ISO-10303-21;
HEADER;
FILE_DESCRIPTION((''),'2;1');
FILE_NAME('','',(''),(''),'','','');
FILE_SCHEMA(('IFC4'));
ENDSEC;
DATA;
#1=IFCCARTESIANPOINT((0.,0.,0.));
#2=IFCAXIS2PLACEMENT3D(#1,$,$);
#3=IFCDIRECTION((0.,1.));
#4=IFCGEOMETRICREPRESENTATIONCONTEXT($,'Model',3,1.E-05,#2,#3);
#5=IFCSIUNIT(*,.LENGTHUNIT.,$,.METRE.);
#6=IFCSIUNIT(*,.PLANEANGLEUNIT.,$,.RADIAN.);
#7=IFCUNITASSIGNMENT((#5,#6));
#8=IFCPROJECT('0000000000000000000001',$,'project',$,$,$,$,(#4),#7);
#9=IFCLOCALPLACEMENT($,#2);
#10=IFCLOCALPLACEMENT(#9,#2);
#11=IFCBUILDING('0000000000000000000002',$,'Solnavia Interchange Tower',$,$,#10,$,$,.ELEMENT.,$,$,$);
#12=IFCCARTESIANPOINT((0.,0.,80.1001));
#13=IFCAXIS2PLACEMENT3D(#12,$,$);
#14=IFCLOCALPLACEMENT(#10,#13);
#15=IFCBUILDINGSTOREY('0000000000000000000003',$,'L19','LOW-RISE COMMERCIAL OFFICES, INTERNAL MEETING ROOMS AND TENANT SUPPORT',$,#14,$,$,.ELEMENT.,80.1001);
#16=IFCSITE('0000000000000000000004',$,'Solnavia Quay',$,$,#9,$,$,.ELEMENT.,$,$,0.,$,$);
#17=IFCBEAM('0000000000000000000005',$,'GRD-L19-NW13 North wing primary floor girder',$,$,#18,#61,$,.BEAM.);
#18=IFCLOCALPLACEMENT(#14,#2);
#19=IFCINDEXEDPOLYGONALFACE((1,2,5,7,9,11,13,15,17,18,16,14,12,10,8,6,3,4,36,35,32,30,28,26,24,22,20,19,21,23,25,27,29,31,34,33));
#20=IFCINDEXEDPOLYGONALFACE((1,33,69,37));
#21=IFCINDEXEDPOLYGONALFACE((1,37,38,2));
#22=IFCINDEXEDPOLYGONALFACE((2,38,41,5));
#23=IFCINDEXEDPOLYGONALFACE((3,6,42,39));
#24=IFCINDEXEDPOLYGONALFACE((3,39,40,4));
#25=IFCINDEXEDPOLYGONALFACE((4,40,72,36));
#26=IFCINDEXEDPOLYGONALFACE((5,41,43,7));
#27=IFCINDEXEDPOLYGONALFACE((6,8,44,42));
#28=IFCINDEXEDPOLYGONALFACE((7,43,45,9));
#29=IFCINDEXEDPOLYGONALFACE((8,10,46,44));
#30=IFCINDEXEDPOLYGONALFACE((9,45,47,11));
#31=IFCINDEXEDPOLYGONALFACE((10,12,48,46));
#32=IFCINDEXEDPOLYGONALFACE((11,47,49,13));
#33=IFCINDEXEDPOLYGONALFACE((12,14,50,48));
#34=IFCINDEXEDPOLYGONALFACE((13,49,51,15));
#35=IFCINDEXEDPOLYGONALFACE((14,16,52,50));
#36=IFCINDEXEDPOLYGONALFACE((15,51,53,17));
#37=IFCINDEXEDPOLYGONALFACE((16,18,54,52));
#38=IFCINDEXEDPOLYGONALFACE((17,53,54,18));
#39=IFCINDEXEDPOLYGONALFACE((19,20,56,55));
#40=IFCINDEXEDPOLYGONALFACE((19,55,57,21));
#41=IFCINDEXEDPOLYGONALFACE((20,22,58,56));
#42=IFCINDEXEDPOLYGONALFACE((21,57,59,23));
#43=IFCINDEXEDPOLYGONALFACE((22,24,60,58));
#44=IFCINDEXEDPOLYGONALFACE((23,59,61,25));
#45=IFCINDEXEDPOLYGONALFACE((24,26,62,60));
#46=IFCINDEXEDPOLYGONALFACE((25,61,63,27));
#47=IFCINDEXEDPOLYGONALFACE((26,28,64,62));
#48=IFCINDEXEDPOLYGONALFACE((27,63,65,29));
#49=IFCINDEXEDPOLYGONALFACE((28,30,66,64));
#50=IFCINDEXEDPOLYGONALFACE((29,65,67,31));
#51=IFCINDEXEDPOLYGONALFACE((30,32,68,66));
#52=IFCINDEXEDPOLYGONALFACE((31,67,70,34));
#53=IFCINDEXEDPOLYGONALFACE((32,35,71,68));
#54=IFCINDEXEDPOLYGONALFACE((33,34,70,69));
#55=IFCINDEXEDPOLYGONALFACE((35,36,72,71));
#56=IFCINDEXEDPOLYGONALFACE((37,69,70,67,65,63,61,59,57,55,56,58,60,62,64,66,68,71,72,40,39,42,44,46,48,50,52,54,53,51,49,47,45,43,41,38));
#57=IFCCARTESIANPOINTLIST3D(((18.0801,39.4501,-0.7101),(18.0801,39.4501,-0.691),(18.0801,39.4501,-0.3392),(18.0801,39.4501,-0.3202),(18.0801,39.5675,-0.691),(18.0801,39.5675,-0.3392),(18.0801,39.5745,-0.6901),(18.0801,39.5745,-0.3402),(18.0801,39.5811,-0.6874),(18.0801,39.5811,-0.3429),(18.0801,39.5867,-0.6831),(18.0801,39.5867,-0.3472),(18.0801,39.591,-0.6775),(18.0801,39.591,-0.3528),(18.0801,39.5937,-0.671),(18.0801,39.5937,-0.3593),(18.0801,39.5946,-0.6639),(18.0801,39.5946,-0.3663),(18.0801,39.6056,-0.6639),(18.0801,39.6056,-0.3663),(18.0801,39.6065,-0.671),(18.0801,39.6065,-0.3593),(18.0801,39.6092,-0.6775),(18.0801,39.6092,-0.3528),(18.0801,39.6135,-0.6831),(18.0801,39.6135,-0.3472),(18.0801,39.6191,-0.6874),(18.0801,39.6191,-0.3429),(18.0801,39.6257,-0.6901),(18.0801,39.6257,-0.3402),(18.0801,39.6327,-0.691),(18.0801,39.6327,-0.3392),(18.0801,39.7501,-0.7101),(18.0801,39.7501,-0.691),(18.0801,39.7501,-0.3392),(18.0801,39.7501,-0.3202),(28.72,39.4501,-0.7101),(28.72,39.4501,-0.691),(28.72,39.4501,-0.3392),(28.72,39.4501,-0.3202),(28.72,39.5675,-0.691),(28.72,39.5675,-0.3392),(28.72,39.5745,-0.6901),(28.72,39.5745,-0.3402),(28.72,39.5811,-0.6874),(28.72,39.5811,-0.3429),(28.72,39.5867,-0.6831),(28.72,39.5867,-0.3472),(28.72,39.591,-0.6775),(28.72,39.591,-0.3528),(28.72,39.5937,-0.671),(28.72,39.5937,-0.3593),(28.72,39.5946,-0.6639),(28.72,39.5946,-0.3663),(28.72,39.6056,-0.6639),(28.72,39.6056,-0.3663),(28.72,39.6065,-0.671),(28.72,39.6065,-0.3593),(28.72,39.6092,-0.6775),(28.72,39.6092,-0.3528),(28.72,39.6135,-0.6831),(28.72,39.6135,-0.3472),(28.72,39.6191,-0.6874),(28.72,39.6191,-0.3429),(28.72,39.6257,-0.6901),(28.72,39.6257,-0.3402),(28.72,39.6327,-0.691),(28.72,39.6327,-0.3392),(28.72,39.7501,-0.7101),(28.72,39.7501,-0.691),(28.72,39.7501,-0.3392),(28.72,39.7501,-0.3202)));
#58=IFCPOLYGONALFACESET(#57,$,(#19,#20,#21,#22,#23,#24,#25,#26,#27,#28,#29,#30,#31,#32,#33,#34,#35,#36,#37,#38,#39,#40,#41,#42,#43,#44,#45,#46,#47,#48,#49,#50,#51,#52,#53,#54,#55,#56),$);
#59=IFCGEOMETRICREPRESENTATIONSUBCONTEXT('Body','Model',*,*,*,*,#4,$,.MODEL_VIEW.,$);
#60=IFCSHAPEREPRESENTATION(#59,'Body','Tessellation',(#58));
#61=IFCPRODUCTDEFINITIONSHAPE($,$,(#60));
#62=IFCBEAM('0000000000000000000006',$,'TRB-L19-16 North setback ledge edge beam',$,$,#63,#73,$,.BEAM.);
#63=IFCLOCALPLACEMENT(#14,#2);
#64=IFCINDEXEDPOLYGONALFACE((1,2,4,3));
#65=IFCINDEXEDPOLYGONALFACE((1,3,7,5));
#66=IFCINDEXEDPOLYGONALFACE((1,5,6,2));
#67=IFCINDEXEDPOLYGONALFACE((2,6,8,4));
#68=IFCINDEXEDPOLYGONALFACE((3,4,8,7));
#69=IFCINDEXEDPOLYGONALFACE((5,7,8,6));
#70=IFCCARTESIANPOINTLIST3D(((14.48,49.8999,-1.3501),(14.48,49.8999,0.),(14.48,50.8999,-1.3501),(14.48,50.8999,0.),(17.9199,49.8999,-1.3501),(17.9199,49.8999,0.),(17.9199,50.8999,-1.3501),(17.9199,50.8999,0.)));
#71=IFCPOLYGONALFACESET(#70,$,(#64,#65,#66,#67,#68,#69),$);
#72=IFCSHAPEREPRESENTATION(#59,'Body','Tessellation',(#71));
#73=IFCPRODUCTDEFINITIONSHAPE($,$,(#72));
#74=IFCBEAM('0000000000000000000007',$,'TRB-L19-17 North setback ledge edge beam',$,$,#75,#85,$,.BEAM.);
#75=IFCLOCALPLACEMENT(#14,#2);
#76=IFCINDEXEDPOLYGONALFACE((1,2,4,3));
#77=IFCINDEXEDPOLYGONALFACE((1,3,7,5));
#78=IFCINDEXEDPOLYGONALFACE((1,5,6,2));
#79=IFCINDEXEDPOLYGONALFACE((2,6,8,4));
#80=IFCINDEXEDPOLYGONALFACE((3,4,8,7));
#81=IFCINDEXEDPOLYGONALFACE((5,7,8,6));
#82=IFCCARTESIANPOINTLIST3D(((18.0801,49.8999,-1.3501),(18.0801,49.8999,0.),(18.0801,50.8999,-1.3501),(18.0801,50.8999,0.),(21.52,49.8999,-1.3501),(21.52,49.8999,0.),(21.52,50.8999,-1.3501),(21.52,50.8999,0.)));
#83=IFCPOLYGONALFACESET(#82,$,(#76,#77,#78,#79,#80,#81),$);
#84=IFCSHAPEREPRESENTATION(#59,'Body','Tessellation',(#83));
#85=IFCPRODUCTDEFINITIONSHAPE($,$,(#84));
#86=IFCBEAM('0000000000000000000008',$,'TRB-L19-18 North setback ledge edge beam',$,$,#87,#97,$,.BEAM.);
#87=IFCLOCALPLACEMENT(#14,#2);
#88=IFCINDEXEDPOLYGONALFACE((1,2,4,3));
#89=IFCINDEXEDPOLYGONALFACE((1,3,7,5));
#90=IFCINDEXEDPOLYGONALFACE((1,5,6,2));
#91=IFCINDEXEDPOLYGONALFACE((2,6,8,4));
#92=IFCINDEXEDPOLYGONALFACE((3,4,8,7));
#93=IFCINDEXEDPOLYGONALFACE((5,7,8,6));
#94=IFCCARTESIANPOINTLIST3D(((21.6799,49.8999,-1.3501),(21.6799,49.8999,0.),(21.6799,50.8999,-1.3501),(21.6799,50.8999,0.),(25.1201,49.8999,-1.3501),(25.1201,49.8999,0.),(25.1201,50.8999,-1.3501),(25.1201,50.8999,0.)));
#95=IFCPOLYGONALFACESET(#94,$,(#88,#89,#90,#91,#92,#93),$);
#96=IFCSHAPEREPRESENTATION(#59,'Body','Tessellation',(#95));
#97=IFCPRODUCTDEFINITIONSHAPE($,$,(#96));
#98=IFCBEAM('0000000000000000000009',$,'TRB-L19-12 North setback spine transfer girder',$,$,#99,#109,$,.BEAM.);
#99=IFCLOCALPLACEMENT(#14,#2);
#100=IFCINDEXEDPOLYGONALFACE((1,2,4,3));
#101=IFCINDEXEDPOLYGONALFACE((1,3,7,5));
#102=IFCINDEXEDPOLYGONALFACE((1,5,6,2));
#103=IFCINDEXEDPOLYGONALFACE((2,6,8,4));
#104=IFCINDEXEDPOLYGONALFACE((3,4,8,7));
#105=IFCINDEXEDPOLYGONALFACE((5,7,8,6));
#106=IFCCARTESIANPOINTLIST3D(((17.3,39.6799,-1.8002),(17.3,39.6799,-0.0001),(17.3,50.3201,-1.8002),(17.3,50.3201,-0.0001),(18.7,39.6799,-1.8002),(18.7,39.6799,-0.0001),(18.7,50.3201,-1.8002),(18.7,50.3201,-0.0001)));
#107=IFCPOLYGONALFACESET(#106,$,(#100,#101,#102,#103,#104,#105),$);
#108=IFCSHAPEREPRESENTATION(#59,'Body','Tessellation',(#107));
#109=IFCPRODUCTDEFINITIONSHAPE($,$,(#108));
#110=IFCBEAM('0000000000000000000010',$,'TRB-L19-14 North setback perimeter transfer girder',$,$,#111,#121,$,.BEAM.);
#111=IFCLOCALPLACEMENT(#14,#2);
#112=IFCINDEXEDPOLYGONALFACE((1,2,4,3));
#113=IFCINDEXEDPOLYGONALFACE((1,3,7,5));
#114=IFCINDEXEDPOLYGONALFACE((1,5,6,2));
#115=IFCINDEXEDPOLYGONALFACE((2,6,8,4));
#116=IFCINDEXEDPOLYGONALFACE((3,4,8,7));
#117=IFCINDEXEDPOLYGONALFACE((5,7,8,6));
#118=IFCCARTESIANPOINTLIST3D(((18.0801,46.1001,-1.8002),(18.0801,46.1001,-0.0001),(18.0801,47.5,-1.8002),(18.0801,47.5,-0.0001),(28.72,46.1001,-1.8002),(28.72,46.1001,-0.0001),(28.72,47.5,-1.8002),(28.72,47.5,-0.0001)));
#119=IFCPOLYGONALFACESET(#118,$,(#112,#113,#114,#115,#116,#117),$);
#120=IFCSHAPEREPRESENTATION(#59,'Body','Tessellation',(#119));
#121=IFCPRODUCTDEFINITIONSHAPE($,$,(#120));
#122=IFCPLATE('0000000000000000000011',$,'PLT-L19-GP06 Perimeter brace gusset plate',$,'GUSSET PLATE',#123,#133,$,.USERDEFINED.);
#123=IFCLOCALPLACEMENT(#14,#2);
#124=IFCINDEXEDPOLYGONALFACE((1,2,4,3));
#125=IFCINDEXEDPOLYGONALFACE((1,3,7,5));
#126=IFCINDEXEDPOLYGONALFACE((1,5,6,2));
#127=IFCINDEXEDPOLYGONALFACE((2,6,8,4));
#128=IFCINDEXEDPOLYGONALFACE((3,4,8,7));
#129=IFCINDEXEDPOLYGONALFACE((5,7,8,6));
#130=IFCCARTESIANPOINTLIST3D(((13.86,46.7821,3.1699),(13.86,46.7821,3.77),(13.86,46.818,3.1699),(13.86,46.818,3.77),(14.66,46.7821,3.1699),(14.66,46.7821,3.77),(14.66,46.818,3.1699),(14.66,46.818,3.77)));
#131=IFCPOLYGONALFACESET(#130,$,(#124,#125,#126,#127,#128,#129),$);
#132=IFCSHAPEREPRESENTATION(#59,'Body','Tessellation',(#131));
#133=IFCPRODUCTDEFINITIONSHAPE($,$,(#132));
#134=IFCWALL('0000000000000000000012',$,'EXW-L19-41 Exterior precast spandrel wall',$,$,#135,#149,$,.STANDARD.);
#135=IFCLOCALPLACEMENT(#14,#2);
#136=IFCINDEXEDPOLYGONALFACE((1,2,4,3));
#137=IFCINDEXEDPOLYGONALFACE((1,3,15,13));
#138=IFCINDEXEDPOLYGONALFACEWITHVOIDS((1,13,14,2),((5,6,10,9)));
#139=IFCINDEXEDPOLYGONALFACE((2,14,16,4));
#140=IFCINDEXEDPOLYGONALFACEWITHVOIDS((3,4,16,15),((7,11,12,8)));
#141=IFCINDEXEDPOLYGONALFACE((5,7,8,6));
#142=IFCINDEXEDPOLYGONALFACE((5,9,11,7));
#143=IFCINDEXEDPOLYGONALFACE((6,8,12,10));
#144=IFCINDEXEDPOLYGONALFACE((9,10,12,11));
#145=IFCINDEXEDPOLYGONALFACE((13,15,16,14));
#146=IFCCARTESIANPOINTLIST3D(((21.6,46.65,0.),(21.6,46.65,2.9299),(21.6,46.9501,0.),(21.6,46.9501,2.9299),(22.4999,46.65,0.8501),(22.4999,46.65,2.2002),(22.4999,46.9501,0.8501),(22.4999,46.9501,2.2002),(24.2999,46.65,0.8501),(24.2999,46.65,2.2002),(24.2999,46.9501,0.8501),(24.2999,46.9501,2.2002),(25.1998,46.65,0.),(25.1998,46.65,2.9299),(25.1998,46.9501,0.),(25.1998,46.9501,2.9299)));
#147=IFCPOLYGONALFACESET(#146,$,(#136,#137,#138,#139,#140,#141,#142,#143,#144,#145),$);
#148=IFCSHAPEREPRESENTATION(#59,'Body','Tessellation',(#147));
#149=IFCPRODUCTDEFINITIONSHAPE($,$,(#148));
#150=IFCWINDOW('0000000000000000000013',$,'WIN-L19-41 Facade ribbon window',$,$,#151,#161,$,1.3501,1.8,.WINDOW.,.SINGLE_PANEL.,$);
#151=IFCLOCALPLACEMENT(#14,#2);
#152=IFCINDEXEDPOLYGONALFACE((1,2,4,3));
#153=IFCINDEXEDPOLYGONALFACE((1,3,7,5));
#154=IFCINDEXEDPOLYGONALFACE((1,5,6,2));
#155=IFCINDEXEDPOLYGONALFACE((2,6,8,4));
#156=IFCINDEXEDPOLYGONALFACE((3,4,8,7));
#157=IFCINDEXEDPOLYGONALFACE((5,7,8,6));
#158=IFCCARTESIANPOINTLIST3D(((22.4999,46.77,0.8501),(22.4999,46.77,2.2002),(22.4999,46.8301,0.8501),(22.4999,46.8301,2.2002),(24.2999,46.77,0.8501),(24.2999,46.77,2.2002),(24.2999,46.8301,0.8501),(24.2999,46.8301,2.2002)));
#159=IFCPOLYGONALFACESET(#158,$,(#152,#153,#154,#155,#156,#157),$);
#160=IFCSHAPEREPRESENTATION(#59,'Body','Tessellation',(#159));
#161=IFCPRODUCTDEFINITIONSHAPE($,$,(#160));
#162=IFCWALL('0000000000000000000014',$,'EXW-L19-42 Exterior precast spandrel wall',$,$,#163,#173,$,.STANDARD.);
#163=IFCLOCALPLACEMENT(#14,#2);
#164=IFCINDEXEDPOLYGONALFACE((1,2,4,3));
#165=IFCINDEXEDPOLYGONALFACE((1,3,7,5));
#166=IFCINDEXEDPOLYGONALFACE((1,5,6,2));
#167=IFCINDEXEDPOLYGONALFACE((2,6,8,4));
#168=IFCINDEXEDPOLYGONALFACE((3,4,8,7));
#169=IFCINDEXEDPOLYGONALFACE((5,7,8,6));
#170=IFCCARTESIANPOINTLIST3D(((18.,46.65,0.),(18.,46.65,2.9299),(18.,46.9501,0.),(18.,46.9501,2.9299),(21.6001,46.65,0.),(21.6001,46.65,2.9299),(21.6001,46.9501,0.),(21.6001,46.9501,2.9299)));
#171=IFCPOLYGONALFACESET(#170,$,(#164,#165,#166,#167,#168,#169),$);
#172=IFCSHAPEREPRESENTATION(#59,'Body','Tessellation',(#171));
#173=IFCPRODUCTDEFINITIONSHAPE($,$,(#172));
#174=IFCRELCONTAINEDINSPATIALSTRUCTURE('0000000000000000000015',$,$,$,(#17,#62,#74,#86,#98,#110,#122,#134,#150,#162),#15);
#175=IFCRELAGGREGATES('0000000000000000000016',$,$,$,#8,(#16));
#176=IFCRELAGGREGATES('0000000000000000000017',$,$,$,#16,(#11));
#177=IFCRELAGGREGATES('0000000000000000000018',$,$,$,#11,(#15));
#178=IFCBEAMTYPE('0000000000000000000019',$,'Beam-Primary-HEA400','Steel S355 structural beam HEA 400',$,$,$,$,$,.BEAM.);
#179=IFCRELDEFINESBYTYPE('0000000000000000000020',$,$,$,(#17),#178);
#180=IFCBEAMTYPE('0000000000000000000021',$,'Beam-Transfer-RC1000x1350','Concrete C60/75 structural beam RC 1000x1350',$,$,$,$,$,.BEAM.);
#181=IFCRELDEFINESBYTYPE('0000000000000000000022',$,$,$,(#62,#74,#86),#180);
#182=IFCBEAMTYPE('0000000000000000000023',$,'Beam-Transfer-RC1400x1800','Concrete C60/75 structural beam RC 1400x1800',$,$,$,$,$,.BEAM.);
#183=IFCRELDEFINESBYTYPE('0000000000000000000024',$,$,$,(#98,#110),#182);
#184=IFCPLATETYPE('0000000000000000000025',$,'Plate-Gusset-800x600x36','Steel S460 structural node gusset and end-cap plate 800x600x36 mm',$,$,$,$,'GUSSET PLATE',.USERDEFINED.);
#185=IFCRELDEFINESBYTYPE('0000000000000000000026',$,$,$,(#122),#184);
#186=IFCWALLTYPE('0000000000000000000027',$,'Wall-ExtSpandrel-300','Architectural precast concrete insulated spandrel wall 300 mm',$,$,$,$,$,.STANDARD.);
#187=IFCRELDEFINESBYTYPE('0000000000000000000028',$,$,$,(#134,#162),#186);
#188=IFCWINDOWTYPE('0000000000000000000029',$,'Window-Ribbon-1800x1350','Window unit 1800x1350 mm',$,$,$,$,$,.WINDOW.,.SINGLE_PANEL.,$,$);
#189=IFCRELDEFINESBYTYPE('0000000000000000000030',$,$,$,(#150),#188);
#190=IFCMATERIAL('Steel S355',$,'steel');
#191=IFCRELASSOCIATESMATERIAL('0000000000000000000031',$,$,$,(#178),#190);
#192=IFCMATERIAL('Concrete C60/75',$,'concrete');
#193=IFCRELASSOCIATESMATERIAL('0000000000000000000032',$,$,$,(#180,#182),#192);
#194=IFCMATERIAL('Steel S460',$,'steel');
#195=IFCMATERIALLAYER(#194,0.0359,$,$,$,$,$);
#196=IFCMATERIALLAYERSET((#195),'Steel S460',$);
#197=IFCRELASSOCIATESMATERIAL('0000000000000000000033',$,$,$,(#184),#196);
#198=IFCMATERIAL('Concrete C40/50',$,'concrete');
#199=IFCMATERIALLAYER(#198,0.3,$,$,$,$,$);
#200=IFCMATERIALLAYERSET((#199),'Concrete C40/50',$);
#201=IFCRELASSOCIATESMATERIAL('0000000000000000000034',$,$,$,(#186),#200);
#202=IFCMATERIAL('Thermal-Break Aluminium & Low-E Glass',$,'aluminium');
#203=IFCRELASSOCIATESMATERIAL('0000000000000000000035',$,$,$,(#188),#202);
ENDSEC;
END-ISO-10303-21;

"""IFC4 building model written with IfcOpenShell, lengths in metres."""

from ifc_helpers import new_model, si_unit, direction, frame, frame_2d, origin, origin_2d, place, context, subcontext, project, spatial, rectangle, i_section, extrude, material, layer, layer_set, material_profile, profile_set, type_object, element, fill, save


model = new_model("IFC4")

# Units and contexts
model_context = context("Model", 3, precision=1e-05, world=origin(), true_north=direction((0.0, 1.0)))
body_context = subcontext(model_context, "Body", "Model", "MODEL_VIEW")
ifc_project = project(units=[si_unit("LENGTHUNIT", "METRE"), si_unit("PLANEANGLEUNIT", "RADIAN")], contexts=[model_context])

# Site, building, storey
site_placement = place(None, origin())
site = spatial("IfcSite", under=ifc_project, at=site_placement, Name="Solnavia Quay", CompositionType="ELEMENT", RefElevation=0.0)
building_placement = place(site_placement, origin())
building = spatial("IfcBuilding", under=site, at=building_placement, Name="Solnavia Interchange Tower", CompositionType="ELEMENT")
storey_placement = place(building_placement, frame((0.0, 0.0, 80.1001)))
storey = spatial("IfcBuildingStorey", under=building, at=storey_placement, Name="L19", Description="LOW-RISE COMMERCIAL OFFICES, INTERNAL MEETING ROOMS AND TENANT SUPPORT", CompositionType="ELEMENT", Elevation=80.1001)

# Shared definitions
ifc_material_1 = material(Name="Steel S355", Category="steel")

# Beams
ifc_material_profile_1 = material_profile(ifc_material_1, i_section(OverallWidth=0.3, OverallDepth=0.3899, WebThickness=0.011, FlangeThickness=0.019, FilletRadius=0.0271, at=origin_2d()), Name="HEA 400")
ifc_profile_set_1 = profile_set([ifc_material_profile_1], Name="Steel S355")
beam_type_1 = type_object("IfcBeamType", Name="Beam-Primary-HEA400", Description="Steel S355 structural beam HEA 400", PredefinedType="BEAM", material=ifc_profile_set_1)
beam_1_placement = place(storey_placement, frame((18.0801, 39.6001, -0.5151), z_axis=(1.0, 0.0, 0.0), x_axis=(0.0, 1.0, 0.0)))
element("IfcBeam", 1, at=beam_1_placement, inside=storey, type_object=beam_type_1, Name="GRD-L19-NW13 North wing primary floor girder", PredefinedType="BEAM", context=body_context, shape_type="SweptSolid", body=[
    extrude(i_section(OverallWidth=0.3, OverallDepth=0.3899, WebThickness=0.011, FlangeThickness=0.019, FilletRadius=0.0271, at=origin_2d()), origin(), (0.0, 0.0, 1.0), 10.6399),
])
ifc_material_2 = material(Name="Concrete C60/75", Category="concrete")
ifc_material_profile_2 = material_profile(ifc_material_2, rectangle(XDim=1.0, YDim=1.3501, at=origin_2d()), Name="RC 1000x1350")
ifc_profile_set_2 = profile_set([ifc_material_profile_2], Name="Concrete C60/75")
beam_type_2 = type_object("IfcBeamType", Name="Beam-Transfer-RC1000x1350", Description="Concrete C60/75 structural beam RC 1000x1350", PredefinedType="BEAM", material=ifc_profile_set_2)
for number, where, z_axis, x_axis, name in (
    (2, (14.48, 50.3999, -0.675), (1.0, 0.0, 0.0), (0.0, 1.0, 0.0), "TRB-L19-16 North setback ledge edge beam"),
    (3, (18.0801, 50.3999, -0.675), (1.0, 0.0, 0.0), (0.0, 1.0, 0.0), "TRB-L19-17 North setback ledge edge beam"),
):
    element("IfcBeam", number, at=place(storey_placement, frame(where, z_axis=z_axis, x_axis=x_axis)), inside=storey, type_object=beam_type_2, Name=name, PredefinedType="BEAM", context=body_context, shape_type="SweptSolid", body=[
        extrude(rectangle(XDim=1.0, YDim=1.3501, at=origin_2d()), origin(), (0.0, 0.0, 1.0), 3.4399),
    ])
beam_2_placement = place(storey_placement, frame((21.6799, 50.3999, -0.675), z_axis=(1.0, 0.0, 0.0), x_axis=(0.0, 1.0, 0.0)))
element("IfcBeam", 4, at=beam_2_placement, inside=storey, type_object=beam_type_2, Name="TRB-L19-18 North setback ledge edge beam", PredefinedType="BEAM", context=body_context, shape_type="SweptSolid", body=[
    extrude(rectangle(XDim=1.0, YDim=1.3501, at=origin_2d()), origin(), (0.0, 0.0, 1.0), 3.4402),
])
ifc_material_profile_3 = material_profile(ifc_material_2, rectangle(XDim=1.3999, YDim=1.8, at=origin_2d()), Name="RC 1400x1800")
ifc_profile_set_3 = profile_set([ifc_material_profile_3], Name="Concrete C60/75")
beam_type_3 = type_object("IfcBeamType", Name="Beam-Transfer-RC1400x1800", Description="Concrete C60/75 structural beam RC 1400x1800", PredefinedType="BEAM", material=ifc_profile_set_3)
beam_3_placement = place(storey_placement, frame((18.0, 39.6799, -0.9001), z_axis=(0.0, 1.0, 0.0), x_axis=(-1.0, 0.0, 0.0)))
element("IfcBeam", 5, at=beam_3_placement, inside=storey, type_object=beam_type_3, Name="TRB-L19-12 North setback spine transfer girder", PredefinedType="BEAM", context=body_context, shape_type="SweptSolid", body=[
    extrude(rectangle(XDim=1.3999, YDim=1.8, at=origin_2d()), origin(), (0.0, 0.0, 1.0), 10.6401),
])
beam_4_placement = place(storey_placement, frame((18.0801, 46.8, -0.9001), z_axis=(1.0, 0.0, 0.0), x_axis=(0.0, 1.0, 0.0)))
element("IfcBeam", 6, at=beam_4_placement, inside=storey, type_object=beam_type_3, Name="TRB-L19-14 North setback perimeter transfer girder", PredefinedType="BEAM", context=body_context, shape_type="SweptSolid", body=[
    extrude(rectangle(XDim=1.3999, YDim=1.8, at=origin_2d()), origin(), (0.0, 0.0, 1.0), 10.6399),
])

# Plate
ifc_material_3 = material(Name="Steel S460", Category="steel")
ifc_layer_1 = layer(ifc_material_3, 0.0359)
ifc_layer_set_1 = layer_set([ifc_layer_1], Name="Steel S460")
plate_type = type_object("IfcPlateType", Name="Plate-Gusset-800x600x36", Description="Steel S460 structural node gusset and end-cap plate 800x600x36 mm", ElementType="GUSSET PLATE", PredefinedType="USERDEFINED", material=ifc_layer_set_1)
plate_placement = place(storey_placement, frame((14.26, 46.8, 3.1699), z_axis=(0.0, 0.0, 1.0), x_axis=(1.0, 0.0, 0.0)))
element("IfcPlate", 7, at=plate_placement, inside=storey, type_object=plate_type, Name="PLT-L19-GP06 Perimeter brace gusset plate", ObjectType="GUSSET PLATE", PredefinedType="USERDEFINED", context=body_context, shape_type="SweptSolid", body=[
    extrude(rectangle(XDim=0.8, YDim=0.0359, at=origin_2d()), origin(), (0.0, 0.0, 1.0), 0.6001),
])

# Wall, opening, window
ifc_material_4 = material(Name="Concrete C40/50", Category="concrete")
ifc_layer_2 = layer(ifc_material_4, 0.3)
ifc_layer_set_2 = layer_set([ifc_layer_2], Name="Concrete C40/50")
wall_type_1 = type_object("IfcWallType", Name="Wall-ExtSpandrel-300", Description="Architectural precast concrete insulated spandrel wall 300 mm", PredefinedType="STANDARD", material=ifc_layer_set_2)
wall_1_placement = place(storey_placement, frame((21.6001, 46.8, 0.0), z_axis=(0.0, 0.0, 1.0), x_axis=(1.0, 0.0, 0.0)))
wall_1 = element("IfcWall", 8, at=wall_1_placement, inside=storey, type_object=wall_type_1, Name="EXW-L19-41 Exterior precast spandrel wall", PredefinedType="STANDARD", context=body_context, shape_type="SweptSolid", body=[
    extrude(rectangle(XDim=3.5999, YDim=0.3, at=frame_2d((1.7998, 0.0))), origin(), (0.0, 0.0, 1.0), 2.9299),
])
opening_1_placement = place(wall_1_placement, frame((0.8999, 0.0, 0.8501)))
opening_1 = element("IfcOpeningElement", 9, at=opening_1_placement, cuts=wall_1, PredefinedType="OPENING", context=body_context, shape_type="SweptSolid", body=[
    extrude(rectangle(XDim=1.8, YDim=1.3501, at=frame_2d((0.8999, 0.675))), frame((0.0, 0.1602, 0.0), z_axis=(0.0, -1.0, 0.0), x_axis=(1.0, 0.0, 0.0)), (0.0, 0.0, 1.0), 0.3201),
])
ifc_material_5 = material(Name="Thermal-Break Aluminium & Low-E Glass", Category="aluminium")
window_type = type_object("IfcWindowType", Name="Window-Ribbon-1800x1350", Description="Window unit 1800x1350 mm", PartitioningType="SINGLE_PANEL", PredefinedType="WINDOW", material=ifc_material_5)
window_1_placement = place(opening_1_placement, origin())
window_1 = element("IfcWindow", 10, at=window_1_placement, inside=storey, type_object=window_type, Name="WIN-L19-41 Facade ribbon window", OverallHeight=1.3501, OverallWidth=1.8, PartitioningType="SINGLE_PANEL", PredefinedType="WINDOW", context=body_context, shape_type="SweptSolid", body=[
    extrude(rectangle(XDim=1.8, YDim=1.3501, at=frame_2d((0.8999, 0.675))), frame((0.0, 0.03, 0.0), z_axis=(0.0, -1.0, 0.0), x_axis=(1.0, 0.0, 0.0)), (0.0, 0.0, 1.0), 0.0601),
])
fill(opening_1, window_1)

# Wall
wall_2_placement = place(storey_placement, frame((18.0, 46.8, 0.0), z_axis=(0.0, 0.0, 1.0), x_axis=(1.0, 0.0, 0.0)))
element("IfcWall", 11, at=wall_2_placement, inside=storey, type_object=wall_type_1, Name="EXW-L19-42 Exterior precast spandrel wall", PredefinedType="STANDARD", context=body_context, shape_type="SweptSolid", body=[
    extrude(rectangle(XDim=3.6001, YDim=0.3, at=frame_2d((1.8, 0.0))), origin(), (0.0, 0.0, 1.0), 2.9299),
])

save(model, "model.ifc")
